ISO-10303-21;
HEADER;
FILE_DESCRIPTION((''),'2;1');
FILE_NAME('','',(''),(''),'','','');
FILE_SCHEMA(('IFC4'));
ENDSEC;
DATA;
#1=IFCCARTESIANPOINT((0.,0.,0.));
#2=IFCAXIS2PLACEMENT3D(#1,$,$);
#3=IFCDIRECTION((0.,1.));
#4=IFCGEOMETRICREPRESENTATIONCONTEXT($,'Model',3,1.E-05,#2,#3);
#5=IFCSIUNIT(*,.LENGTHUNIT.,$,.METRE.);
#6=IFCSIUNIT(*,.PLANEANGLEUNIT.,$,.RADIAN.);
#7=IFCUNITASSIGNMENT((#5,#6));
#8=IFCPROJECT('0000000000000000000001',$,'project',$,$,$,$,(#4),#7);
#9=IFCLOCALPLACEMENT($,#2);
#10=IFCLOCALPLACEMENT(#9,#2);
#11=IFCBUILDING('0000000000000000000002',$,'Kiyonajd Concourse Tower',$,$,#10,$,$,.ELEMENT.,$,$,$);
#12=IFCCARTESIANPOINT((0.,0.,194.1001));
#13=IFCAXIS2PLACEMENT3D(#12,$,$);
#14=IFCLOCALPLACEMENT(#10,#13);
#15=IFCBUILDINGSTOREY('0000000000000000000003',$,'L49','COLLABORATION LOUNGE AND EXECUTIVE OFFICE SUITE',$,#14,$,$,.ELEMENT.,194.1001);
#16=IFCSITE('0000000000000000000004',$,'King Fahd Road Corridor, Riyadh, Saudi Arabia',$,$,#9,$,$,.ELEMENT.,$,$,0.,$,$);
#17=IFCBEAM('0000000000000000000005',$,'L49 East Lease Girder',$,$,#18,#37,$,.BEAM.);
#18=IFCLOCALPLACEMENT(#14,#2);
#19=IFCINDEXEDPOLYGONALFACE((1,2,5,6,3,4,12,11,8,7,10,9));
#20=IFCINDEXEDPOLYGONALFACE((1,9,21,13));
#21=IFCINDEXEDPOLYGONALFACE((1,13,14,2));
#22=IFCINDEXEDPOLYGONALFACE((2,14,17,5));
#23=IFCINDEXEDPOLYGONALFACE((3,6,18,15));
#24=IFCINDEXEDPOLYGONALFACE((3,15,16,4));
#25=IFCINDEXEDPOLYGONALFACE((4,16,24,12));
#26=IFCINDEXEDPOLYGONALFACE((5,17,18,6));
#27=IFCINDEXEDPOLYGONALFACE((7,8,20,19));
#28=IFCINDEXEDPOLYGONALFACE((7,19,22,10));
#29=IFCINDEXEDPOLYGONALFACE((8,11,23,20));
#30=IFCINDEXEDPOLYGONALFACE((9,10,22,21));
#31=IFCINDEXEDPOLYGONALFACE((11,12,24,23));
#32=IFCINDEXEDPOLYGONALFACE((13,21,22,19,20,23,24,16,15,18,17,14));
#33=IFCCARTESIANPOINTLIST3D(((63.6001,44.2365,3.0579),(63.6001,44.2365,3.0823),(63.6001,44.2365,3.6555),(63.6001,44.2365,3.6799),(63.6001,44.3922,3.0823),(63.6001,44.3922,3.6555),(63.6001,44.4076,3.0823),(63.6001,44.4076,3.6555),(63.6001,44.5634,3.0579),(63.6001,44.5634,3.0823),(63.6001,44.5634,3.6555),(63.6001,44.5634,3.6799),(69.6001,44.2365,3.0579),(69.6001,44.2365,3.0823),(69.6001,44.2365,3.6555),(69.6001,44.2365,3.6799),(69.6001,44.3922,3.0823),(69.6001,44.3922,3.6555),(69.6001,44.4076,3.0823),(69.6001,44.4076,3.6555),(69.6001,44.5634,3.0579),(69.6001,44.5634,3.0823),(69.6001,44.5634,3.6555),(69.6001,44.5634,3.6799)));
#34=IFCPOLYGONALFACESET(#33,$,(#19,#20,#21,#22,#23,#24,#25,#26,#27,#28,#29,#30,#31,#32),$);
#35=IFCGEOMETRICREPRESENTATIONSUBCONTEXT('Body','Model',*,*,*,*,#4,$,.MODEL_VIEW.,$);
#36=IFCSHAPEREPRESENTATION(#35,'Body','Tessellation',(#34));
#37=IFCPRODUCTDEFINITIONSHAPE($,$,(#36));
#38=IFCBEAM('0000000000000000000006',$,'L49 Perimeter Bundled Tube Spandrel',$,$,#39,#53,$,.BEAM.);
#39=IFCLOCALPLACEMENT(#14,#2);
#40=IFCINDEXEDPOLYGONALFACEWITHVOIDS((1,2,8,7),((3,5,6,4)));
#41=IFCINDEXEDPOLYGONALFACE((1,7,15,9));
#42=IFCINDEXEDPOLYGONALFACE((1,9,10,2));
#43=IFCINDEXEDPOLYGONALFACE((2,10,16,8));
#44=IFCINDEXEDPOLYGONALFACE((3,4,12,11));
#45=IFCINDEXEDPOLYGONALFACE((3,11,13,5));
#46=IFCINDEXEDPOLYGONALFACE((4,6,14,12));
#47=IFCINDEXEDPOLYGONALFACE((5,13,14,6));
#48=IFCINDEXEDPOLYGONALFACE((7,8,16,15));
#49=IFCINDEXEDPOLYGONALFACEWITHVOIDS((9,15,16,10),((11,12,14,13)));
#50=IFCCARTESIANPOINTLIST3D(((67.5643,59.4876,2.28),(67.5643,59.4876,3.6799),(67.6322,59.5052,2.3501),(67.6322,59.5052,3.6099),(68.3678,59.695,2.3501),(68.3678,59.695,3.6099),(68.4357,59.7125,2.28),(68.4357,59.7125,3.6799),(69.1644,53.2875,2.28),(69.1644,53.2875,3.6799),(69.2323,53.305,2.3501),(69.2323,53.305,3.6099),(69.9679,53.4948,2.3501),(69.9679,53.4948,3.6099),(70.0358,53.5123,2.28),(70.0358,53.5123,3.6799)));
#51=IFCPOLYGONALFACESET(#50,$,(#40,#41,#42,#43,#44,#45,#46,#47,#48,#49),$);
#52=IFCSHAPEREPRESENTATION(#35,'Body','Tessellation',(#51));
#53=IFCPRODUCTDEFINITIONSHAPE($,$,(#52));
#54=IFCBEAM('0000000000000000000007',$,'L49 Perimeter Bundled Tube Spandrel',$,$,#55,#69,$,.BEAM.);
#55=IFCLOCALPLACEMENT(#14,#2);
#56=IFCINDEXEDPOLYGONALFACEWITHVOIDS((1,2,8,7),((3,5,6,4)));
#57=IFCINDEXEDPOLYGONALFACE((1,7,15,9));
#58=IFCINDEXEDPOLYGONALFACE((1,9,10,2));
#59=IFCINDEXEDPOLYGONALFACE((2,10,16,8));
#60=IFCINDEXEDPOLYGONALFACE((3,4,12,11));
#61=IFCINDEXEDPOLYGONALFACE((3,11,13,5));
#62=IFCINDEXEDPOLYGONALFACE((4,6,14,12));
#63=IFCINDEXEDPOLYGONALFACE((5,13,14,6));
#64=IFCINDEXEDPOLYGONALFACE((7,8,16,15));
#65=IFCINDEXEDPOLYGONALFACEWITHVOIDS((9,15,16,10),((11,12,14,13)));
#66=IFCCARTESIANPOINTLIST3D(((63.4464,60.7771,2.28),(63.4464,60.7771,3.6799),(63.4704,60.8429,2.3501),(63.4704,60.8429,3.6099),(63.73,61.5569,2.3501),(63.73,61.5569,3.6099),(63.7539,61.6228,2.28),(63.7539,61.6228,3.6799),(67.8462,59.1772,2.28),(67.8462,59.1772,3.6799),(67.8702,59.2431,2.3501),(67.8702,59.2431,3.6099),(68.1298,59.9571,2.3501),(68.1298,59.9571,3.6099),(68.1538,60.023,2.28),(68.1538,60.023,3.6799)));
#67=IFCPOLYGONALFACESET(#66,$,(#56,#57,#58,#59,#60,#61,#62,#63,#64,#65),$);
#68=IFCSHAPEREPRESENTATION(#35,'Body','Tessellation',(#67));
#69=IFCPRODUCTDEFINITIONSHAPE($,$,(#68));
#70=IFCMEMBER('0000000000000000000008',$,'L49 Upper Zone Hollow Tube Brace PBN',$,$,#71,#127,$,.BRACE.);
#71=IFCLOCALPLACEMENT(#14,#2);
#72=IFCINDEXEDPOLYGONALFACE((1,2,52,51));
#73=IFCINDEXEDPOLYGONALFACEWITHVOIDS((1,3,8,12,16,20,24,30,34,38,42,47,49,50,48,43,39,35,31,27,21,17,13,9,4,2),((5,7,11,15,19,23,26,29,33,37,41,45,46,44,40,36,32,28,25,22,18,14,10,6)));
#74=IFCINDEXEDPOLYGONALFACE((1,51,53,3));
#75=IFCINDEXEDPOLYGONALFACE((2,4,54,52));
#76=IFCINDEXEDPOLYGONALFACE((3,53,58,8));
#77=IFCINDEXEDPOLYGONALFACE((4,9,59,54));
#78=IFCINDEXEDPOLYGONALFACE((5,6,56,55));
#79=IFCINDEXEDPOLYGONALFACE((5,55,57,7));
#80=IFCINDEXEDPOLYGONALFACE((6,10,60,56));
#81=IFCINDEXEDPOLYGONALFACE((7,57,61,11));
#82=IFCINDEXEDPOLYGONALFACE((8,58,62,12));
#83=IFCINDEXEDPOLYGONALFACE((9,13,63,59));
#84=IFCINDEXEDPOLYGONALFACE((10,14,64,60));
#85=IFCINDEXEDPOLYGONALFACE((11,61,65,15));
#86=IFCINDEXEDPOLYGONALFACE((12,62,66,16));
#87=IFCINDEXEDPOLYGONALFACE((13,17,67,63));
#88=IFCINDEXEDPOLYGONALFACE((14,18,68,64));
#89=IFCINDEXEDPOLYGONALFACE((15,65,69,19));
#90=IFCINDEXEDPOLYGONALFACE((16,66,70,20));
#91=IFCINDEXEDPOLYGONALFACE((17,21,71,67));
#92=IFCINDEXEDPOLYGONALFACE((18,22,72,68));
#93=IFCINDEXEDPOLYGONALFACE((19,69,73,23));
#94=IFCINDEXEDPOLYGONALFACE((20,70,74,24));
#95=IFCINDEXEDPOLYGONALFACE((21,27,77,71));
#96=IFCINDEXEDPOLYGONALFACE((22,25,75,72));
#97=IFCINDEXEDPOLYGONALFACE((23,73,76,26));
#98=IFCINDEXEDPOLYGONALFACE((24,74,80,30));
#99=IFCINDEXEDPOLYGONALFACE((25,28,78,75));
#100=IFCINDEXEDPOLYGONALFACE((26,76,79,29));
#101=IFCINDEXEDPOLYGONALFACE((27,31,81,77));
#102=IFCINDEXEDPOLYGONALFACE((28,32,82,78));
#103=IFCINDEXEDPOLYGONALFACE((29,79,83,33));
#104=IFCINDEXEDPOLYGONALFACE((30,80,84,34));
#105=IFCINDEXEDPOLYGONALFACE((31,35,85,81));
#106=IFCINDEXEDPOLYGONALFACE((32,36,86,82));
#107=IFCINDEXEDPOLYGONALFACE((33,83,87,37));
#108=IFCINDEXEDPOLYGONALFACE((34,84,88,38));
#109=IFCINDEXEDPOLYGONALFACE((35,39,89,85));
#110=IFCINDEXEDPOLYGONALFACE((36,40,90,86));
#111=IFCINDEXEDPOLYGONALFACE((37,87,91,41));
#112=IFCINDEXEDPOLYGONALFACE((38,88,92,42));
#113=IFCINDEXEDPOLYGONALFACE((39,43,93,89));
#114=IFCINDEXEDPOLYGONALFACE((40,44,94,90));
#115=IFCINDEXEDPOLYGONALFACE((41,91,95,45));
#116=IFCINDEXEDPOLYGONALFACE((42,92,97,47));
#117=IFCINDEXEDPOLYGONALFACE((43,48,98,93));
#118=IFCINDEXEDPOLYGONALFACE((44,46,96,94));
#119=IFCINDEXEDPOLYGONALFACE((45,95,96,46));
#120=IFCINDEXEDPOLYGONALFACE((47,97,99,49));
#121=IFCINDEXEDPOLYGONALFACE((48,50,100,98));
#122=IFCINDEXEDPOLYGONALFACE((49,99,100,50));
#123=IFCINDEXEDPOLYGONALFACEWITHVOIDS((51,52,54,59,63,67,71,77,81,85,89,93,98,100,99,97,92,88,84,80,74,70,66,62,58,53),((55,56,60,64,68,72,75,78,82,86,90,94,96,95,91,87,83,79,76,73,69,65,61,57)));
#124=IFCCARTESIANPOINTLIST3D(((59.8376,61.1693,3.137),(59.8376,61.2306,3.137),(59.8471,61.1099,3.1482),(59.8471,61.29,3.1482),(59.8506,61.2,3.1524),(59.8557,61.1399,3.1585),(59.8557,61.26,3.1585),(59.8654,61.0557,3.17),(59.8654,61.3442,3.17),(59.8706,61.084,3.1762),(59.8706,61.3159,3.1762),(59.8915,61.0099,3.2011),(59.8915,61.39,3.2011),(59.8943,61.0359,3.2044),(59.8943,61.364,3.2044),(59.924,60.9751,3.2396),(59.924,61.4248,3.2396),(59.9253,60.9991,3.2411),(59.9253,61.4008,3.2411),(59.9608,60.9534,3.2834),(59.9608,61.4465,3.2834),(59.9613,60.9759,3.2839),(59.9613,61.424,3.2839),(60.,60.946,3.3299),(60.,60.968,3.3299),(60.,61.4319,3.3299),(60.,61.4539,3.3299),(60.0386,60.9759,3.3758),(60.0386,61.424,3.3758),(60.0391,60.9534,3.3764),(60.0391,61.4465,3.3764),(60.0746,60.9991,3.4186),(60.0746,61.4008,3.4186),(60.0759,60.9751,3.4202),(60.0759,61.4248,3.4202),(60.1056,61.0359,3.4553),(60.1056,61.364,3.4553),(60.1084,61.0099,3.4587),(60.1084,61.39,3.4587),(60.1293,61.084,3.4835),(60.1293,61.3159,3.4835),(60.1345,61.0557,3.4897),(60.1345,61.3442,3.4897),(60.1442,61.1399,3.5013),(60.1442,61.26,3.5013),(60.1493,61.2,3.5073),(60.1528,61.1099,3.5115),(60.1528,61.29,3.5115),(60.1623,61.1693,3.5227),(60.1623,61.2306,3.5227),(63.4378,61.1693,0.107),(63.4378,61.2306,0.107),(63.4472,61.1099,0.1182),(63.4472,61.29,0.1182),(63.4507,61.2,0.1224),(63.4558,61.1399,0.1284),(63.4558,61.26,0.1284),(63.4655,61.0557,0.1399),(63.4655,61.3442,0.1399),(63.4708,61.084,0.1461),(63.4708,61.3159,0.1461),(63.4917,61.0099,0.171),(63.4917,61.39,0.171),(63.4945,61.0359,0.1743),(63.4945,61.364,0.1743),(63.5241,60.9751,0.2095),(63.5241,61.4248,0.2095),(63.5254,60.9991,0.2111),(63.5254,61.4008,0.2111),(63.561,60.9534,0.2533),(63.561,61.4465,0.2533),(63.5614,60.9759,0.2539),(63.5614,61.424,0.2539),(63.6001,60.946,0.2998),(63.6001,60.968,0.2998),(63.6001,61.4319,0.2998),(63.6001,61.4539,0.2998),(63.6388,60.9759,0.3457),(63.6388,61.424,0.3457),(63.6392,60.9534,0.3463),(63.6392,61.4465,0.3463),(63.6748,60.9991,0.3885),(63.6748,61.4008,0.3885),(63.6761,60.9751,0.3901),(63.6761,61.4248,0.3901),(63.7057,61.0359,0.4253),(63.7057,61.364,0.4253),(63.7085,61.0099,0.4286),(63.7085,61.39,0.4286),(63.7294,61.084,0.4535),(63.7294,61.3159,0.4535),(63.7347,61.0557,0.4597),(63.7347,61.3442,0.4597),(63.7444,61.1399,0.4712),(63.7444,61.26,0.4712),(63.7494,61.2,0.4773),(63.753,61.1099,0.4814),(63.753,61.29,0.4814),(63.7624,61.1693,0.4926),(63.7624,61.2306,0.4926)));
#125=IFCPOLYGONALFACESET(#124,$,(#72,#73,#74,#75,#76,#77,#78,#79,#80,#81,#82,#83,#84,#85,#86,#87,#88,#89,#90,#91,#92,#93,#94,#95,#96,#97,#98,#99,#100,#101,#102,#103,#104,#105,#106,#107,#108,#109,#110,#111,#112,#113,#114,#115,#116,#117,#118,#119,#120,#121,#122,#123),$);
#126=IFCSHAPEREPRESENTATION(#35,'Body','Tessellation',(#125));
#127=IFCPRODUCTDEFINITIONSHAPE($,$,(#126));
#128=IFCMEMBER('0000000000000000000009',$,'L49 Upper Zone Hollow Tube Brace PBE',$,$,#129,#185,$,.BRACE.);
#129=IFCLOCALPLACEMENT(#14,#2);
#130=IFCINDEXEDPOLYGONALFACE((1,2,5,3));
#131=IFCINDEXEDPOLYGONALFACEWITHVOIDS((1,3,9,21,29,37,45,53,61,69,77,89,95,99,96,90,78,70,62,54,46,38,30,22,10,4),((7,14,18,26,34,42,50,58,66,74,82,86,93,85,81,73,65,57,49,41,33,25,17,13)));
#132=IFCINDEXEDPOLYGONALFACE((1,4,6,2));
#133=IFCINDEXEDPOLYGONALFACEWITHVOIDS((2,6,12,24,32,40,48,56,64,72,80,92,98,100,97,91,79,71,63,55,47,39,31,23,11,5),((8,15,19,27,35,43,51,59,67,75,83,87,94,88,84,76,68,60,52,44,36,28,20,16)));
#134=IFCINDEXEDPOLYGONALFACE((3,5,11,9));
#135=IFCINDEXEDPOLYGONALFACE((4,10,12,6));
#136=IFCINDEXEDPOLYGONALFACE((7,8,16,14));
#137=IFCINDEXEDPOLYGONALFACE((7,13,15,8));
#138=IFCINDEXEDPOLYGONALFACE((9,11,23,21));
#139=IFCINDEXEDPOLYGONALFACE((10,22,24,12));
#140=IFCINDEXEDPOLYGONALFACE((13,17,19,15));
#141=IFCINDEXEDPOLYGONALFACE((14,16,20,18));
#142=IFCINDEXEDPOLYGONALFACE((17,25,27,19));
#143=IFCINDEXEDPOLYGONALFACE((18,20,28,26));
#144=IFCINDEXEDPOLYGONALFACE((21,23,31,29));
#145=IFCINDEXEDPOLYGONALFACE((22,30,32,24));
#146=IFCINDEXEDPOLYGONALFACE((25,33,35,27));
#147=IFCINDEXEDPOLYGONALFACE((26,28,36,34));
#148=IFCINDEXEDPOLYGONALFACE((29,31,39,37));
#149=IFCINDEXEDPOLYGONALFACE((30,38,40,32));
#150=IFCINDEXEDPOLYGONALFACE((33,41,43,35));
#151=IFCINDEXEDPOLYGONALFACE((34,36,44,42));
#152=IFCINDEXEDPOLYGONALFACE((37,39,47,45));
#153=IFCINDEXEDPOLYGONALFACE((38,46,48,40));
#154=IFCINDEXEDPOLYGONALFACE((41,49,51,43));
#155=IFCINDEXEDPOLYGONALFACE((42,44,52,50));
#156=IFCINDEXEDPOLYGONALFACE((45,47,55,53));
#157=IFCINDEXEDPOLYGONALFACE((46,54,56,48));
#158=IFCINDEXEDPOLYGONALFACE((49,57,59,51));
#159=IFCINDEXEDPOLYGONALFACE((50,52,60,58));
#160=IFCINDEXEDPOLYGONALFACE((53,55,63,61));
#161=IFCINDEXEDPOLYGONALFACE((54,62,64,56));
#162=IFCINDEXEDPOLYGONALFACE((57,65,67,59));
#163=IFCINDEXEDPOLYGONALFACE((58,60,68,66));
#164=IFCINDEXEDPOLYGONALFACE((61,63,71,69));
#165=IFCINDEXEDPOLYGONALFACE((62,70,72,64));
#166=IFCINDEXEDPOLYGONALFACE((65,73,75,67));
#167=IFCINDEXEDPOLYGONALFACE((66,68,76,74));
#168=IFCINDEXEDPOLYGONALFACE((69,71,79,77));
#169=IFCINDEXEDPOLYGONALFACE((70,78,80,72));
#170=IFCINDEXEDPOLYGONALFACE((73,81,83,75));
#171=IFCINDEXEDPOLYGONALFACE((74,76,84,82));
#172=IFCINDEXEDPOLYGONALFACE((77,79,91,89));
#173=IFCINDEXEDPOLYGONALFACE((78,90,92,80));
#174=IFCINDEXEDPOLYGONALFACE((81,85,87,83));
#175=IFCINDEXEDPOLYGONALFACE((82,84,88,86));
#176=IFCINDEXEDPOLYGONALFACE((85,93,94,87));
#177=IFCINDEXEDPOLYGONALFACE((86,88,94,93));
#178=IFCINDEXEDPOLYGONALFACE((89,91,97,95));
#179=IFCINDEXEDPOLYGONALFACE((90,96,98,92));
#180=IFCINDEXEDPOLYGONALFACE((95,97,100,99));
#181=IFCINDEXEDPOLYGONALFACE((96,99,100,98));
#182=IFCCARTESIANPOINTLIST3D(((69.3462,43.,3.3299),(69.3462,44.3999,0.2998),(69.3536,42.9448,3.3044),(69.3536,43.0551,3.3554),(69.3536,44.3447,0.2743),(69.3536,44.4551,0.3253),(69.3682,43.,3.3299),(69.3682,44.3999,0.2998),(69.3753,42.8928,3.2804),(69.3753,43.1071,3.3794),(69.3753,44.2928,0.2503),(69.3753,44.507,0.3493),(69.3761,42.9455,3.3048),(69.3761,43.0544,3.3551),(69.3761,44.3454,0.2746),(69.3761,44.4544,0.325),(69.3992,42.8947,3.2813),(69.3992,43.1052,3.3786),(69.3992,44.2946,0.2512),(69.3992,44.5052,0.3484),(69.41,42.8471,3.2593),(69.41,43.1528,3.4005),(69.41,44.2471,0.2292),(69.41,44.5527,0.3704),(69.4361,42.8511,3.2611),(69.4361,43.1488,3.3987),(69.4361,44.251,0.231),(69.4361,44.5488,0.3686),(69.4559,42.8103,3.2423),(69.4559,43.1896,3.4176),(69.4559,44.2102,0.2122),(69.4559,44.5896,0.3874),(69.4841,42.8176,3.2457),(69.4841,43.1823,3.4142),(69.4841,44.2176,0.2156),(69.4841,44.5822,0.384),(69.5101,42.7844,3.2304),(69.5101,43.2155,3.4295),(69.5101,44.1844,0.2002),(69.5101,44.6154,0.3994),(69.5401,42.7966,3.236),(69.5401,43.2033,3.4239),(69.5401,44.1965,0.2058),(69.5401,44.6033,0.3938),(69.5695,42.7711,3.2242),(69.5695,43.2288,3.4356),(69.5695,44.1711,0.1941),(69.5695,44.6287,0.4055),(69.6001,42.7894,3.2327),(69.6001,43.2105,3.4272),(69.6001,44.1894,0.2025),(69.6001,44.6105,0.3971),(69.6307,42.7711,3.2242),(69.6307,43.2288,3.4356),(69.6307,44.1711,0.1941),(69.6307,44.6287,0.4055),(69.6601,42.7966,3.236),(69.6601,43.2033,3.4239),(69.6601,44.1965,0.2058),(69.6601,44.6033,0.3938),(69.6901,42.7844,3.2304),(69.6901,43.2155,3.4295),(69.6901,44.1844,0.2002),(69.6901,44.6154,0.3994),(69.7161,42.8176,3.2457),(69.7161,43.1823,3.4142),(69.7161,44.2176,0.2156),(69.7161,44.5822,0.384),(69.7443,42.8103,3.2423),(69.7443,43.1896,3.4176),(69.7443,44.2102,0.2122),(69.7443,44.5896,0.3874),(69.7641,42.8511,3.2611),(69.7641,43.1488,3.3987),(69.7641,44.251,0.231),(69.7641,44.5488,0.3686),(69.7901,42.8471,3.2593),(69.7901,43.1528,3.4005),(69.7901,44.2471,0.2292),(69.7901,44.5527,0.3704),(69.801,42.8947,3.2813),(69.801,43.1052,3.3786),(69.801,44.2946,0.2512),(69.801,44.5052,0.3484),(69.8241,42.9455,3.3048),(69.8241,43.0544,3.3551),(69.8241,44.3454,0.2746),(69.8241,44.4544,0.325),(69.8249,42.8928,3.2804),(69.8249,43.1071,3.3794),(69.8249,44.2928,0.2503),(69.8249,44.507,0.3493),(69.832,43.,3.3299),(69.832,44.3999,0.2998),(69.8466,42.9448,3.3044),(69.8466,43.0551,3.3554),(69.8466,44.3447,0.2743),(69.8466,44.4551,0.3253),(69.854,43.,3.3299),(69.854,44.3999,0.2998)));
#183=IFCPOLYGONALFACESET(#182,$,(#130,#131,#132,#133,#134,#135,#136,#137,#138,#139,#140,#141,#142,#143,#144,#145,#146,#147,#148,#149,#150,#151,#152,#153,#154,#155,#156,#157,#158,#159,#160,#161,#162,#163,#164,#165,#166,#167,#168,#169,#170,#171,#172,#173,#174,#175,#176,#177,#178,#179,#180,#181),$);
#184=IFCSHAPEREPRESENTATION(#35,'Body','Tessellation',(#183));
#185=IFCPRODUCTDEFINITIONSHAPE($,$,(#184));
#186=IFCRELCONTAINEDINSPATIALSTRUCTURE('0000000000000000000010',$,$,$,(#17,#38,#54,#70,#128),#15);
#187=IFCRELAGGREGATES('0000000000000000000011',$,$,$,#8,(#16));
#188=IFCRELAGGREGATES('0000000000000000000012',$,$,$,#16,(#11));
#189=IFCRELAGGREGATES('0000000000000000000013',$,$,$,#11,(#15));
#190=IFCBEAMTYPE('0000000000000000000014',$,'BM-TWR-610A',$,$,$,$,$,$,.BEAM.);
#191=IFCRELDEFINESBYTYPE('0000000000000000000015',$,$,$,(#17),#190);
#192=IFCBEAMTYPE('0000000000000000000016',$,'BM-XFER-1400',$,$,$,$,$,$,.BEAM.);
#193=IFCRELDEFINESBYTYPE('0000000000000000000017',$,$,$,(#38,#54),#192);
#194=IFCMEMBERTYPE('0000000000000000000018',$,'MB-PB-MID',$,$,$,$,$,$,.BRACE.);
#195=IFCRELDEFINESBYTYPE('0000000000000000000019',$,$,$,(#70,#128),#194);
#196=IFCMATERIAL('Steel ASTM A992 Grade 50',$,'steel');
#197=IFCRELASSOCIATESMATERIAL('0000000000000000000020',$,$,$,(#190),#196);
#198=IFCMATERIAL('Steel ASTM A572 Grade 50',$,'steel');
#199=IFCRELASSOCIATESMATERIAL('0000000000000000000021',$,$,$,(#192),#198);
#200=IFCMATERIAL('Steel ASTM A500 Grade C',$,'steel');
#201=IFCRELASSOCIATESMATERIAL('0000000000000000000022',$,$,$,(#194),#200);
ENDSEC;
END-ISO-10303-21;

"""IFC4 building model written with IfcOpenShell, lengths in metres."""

from ifc_helpers import new_model, si_unit, direction, frame, origin, origin_2d, place, context, subcontext, project, spatial, hollow_rectangle, hollow_circle, i_section, extrude, material, material_profile, profile_set, type_object, element, save


model = new_model("IFC4")

# Units and contexts
model_context = context("Model", 3, precision=1e-05, world=origin(), true_north=direction((0.0, 1.0)))
body_context = subcontext(model_context, "Body", "Model", "MODEL_VIEW")
ifc_project = project(units=[si_unit("LENGTHUNIT", "METRE"), si_unit("PLANEANGLEUNIT", "RADIAN")], contexts=[model_context])

# Site, building, storey
site_placement = place(None, origin())
site = spatial("IfcSite", under=ifc_project, at=site_placement, Name="King Fahd Road Corridor, Riyadh, Saudi Arabia", CompositionType="ELEMENT", RefElevation=0.0)
building_placement = place(site_placement, origin())
building = spatial("IfcBuilding", under=site, at=building_placement, Name="Kiyonajd Concourse Tower", CompositionType="ELEMENT")
storey_placement = place(building_placement, frame((0.0, 0.0, 194.1001)))
storey = spatial("IfcBuildingStorey", under=building, at=storey_placement, Name="L49", Description="COLLABORATION LOUNGE AND EXECUTIVE OFFICE SUITE", CompositionType="ELEMENT", Elevation=194.1001)

# Beams
ifc_material_1 = material(Name="Steel ASTM A992 Grade 50", Category="steel")
ifc_material_profile_1 = material_profile(ifc_material_1, i_section(OverallWidth=0.3269, OverallDepth=0.6221, WebThickness=0.0154, FlangeThickness=0.0244, at=origin_2d()), Name="W610X195")
ifc_profile_set_1 = profile_set([ifc_material_profile_1], Name="Steel ASTM A992 Grade 50")
beam_type_1 = type_object("IfcBeamType", Name="BM-TWR-610A", PredefinedType="BEAM", material=ifc_profile_set_1)
beam_1_placement = place(storey_placement, frame((63.6001, 44.3999, 3.3689), z_axis=(1.0, 0.0, 0.0), x_axis=(0.0, 1.0, 0.0)))
element("IfcBeam", 1, at=beam_1_placement, inside=storey, type_object=beam_type_1, Name="L49 East Lease Girder", PredefinedType="BEAM", context=body_context, shape_type="SweptSolid", body=[
    extrude(i_section(OverallWidth=0.3269, OverallDepth=0.6221, WebThickness=0.0154, FlangeThickness=0.0244, at=origin_2d()), origin(), (0.0, 0.0, 1.0), 6.0),
])
ifc_material_2 = material(Name="Steel ASTM A572 Grade 50", Category="steel")
ifc_material_profile_2 = material_profile(ifc_material_2, hollow_rectangle(XDim=0.8999, YDim=1.3999, WallThickness=0.0701, at=origin_2d()), Name="BOX-1400x900x70")
ifc_profile_set_2 = profile_set([ifc_material_profile_2], Name="Steel ASTM A572 Grade 50")
beam_type_2 = type_object("IfcBeamType", Name="BM-XFER-1400", PredefinedType="BEAM", material=ifc_profile_set_2)
beam_2_placement = place(storey_placement, frame((69.6001, 53.3999, 2.98), z_axis=(-0.249885, 0.968276, 0.0), x_axis=(-0.968276, -0.249885, 0.0)))
element("IfcBeam", 2, at=beam_2_placement, inside=storey, type_object=beam_type_2, Name="L49 Perimeter Bundled Tube Spandrel", PredefinedType="BEAM", context=body_context, shape_type="SweptSolid", body=[
    extrude(hollow_rectangle(XDim=0.8999, YDim=1.3999, WallThickness=0.0701, at=origin_2d()), origin(), (0.0, 0.0, 1.0), 6.4033),
])
beam_3_placement = place(storey_placement, frame((68.0, 59.6001, 2.98), z_axis=(-0.939801, 0.341722, 0.0), x_axis=(-0.341722, -0.939801, 0.0)))
element("IfcBeam", 3, at=beam_3_placement, inside=storey, type_object=beam_type_2, Name="L49 Perimeter Bundled Tube Spandrel", PredefinedType="BEAM", context=body_context, shape_type="SweptSolid", body=[
    extrude(hollow_rectangle(XDim=0.8999, YDim=1.3999, WallThickness=0.0701, at=origin_2d()), origin(), (0.0, 0.0, 1.0), 4.6816),
])

# Members
ifc_material_3 = material(Name="Steel ASTM A500 Grade C", Category="steel")
ifc_material_profile_3 = material_profile(ifc_material_3, hollow_circle(Radius=0.2539, WallThickness=0.022, at=origin_2d()), Name="CHS-508x22")
ifc_profile_set_3 = profile_set([ifc_material_profile_3], Name="Steel ASTM A500 Grade C")
member_type = type_object("IfcMemberType", Name="MB-PB-MID", PredefinedType="BRACE", material=ifc_profile_set_3)
member_1_placement = place(storey_placement, frame((63.6001, 61.2, 0.2998), z_axis=(-0.765082, 0.0, 0.643933), x_axis=(0.0, -1.0, 0.0)))
element("IfcMember", 4, at=member_1_placement, inside=storey, type_object=member_type, Name="L49 Upper Zone Hollow Tube Brace PBN", PredefinedType="BRACE", context=body_context, shape_type="SweptSolid", body=[
    extrude(hollow_circle(Radius=0.2539, WallThickness=0.022, at=origin_2d()), origin(), (0.0, 0.0, 1.0), 4.7056),
])
member_2_placement = place(storey_placement, frame((69.6001, 44.3999, 0.2998), z_axis=(0.0, -0.419411, 0.907797), x_axis=(1.0, 0.0, 0.0)))
element("IfcMember", 5, at=member_2_placement, inside=storey, type_object=member_type, Name="L49 Upper Zone Hollow Tube Brace PBE", PredefinedType="BRACE", context=body_context, shape_type="SweptSolid", body=[
    extrude(hollow_circle(Radius=0.2539, WallThickness=0.022, at=origin_2d()), origin(), (0.0, 0.0, 1.0), 3.3379),
])

save(model, "model.ifc")
